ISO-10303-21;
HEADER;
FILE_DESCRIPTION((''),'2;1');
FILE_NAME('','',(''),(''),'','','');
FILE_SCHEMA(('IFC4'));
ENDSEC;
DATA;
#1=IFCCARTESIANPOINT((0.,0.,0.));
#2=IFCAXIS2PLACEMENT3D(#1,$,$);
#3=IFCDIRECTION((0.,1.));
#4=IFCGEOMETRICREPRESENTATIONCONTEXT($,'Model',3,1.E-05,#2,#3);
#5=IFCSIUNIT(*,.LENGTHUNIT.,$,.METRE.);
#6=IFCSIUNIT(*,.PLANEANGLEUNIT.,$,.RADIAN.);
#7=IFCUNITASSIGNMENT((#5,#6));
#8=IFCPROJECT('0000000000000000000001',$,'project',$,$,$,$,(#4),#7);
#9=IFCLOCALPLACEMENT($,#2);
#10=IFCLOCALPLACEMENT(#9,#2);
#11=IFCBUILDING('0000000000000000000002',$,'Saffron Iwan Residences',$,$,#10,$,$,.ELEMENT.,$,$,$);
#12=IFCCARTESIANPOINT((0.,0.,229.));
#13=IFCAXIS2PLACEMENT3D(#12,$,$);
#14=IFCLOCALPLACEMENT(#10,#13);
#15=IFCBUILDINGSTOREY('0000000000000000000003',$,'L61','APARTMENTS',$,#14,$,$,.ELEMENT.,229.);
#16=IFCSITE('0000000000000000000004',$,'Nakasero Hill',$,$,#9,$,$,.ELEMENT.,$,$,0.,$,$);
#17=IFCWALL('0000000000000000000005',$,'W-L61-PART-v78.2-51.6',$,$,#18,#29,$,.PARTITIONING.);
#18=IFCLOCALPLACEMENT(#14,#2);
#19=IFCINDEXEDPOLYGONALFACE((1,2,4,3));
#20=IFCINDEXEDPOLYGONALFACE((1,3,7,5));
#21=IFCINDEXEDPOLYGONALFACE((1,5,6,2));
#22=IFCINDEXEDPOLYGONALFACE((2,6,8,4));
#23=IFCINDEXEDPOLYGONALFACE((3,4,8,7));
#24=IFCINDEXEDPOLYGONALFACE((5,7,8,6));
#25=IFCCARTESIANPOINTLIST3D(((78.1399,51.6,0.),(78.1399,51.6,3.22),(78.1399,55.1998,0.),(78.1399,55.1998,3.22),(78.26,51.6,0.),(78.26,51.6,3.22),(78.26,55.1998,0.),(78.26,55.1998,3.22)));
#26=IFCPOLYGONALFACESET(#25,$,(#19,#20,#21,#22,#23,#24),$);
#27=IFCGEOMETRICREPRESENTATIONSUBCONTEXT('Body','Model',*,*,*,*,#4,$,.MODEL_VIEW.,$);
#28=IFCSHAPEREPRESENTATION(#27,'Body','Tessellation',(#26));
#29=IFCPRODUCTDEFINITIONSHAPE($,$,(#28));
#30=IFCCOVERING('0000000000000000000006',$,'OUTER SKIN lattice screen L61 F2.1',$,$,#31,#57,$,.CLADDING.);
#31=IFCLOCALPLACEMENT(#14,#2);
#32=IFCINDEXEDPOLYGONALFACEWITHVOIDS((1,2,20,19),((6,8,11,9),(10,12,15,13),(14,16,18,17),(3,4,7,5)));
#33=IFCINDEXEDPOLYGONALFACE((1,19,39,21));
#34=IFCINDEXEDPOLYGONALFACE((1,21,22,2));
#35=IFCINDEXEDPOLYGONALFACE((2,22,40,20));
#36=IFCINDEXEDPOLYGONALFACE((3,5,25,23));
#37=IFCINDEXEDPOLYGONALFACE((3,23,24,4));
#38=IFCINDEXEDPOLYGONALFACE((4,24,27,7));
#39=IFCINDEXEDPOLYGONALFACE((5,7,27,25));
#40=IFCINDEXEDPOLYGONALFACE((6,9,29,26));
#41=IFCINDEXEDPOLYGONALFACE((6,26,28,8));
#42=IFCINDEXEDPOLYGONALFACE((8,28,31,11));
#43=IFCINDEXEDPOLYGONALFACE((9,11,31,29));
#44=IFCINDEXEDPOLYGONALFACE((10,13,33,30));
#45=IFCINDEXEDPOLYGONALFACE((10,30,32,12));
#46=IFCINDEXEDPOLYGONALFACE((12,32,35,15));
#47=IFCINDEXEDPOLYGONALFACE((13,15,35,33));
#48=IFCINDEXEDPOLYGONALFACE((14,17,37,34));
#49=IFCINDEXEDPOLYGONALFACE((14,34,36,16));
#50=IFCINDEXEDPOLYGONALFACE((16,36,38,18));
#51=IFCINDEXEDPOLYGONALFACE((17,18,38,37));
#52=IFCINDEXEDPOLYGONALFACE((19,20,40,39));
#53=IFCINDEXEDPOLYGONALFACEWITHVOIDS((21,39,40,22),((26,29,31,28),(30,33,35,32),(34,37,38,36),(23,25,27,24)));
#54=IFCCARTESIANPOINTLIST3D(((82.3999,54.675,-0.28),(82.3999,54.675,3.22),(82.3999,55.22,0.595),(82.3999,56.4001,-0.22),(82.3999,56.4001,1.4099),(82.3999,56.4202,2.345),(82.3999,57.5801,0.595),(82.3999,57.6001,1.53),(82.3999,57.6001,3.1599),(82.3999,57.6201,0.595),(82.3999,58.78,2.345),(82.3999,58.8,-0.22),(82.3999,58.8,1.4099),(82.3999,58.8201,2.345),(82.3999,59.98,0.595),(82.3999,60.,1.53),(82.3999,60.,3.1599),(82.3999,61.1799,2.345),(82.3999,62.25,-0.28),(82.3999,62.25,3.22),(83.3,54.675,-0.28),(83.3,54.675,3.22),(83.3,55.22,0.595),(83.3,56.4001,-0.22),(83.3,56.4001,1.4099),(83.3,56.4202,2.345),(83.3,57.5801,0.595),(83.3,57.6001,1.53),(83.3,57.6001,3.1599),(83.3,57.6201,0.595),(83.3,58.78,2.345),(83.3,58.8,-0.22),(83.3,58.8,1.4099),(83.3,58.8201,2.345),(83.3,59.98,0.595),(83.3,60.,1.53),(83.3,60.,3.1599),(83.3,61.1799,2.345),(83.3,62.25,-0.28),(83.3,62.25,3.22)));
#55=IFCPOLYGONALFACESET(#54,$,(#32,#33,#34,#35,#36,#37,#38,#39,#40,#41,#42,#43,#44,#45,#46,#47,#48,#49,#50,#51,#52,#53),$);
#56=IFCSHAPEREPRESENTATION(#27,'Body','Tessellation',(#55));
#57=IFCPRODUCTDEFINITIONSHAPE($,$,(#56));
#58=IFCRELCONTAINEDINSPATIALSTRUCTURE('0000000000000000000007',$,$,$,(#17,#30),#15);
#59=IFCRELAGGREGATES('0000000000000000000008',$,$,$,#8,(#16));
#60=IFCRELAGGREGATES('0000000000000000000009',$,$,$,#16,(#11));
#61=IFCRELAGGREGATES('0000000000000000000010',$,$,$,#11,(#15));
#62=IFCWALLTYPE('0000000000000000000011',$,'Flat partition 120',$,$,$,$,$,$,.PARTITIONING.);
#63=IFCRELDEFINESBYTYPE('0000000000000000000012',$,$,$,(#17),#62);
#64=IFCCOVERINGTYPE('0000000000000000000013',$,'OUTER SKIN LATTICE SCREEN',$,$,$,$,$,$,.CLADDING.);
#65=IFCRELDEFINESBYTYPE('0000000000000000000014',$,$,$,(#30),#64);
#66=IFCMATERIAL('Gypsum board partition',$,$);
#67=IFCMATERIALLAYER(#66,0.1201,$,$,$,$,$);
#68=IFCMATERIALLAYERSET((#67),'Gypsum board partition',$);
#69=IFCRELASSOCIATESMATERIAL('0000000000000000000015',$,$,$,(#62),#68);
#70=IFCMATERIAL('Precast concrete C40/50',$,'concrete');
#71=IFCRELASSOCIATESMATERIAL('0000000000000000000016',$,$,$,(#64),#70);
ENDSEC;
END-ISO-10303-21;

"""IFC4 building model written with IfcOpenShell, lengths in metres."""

from ifc_helpers import new_model, si_unit, direction, frame, frame_2d, origin, place, context, subcontext, project, spatial, polyline, rectangle, outline, extrude, material, layer, layer_set, type_object, element, save


model = new_model("IFC4")

# Units and contexts
model_context = context("Model", 3, precision=1e-05, world=origin(), true_north=direction((0.0, 1.0)))
body_context = subcontext(model_context, "Body", "Model", "MODEL_VIEW")
ifc_project = project(units=[si_unit("LENGTHUNIT", "METRE"), si_unit("PLANEANGLEUNIT", "RADIAN")], contexts=[model_context])

# Site, building, storey
site_placement = place(None, origin())
site = spatial("IfcSite", under=ifc_project, at=site_placement, Name="Nakasero Hill", CompositionType="ELEMENT", RefElevation=0.0)
building_placement = place(site_placement, origin())
building = spatial("IfcBuilding", under=site, at=building_placement, Name="Saffron Iwan Residences", CompositionType="ELEMENT")
storey_placement = place(building_placement, frame((0.0, 0.0, 229.0)))
storey = spatial("IfcBuildingStorey", under=building, at=storey_placement, Name="L61", Description="APARTMENTS", CompositionType="ELEMENT", Elevation=229.0)

# Shared definitions
ifc_material_1 = material(Name="Gypsum board partition")
ifc_layer_1 = layer(ifc_material_1, 0.1201)
ifc_layer_set_1 = layer_set([ifc_layer_1], Name="Gypsum board partition")
wall_type_1 = type_object("IfcWallType", Name="Flat partition 120", PredefinedType="PARTITIONING", material=ifc_layer_set_1)

# Wall
wall_1_placement = place(storey_placement, frame((78.2, 51.6001, 0.0), z_axis=(0.0, 0.0, 1.0), x_axis=(0.0, 1.0, 0.0)))
element("IfcWall", 1, at=wall_1_placement, inside=storey, type_object=wall_type_1, Name="W-L61-PART-v78.2-51.6", PredefinedType="PARTITIONING", context=body_context, shape_type="SweptSolid", body=[
    extrude(rectangle(XDim=3.5999, YDim=0.1201, at=frame_2d((1.7998, 0.0))), origin(), (0.0, 0.0, 1.0), 3.22),
])

# Covering
ifc_material_2 = material(Name="Precast concrete C40/50", Category="concrete")
covering_type = type_object("IfcCoveringType", Name="OUTER SKIN LATTICE SCREEN", PredefinedType="CLADDING", material=ifc_material_2)
covering_placement = place(storey_placement, frame((82.3999, 54.675, -0.28), z_axis=(1.0, 0.0, 0.0), x_axis=(0.0, 1.0, 0.0)))
element("IfcCovering", 2, at=covering_placement, inside=storey, type_object=covering_type, Name="OUTER SKIN lattice screen L61 F2.1", PredefinedType="CLADDING", context=body_context, shape_type="SweptSolid", body=[
    extrude(outline(polyline([(0.0, 0.0), (7.575, 0.0), (7.575, 3.5), (0.0, 3.5), (0.0, 0.0)]), holes=[polyline([(0.5449, 0.875), (1.7251, 0.0601), (2.905, 0.875), (1.7251, 1.6899), (0.5449, 0.875)]), polyline([(2.9451, 0.875), (4.125, 0.0601), (5.3049, 0.875), (4.125, 1.6899), (2.9451, 0.875)]), polyline([(1.7451, 2.625), (2.925, 1.8101), (4.105, 2.625), (2.925, 3.4399), (1.7451, 2.625)]), polyline([(4.145, 2.625), (5.325, 1.8101), (6.5049, 2.625), (5.325, 3.4399), (4.145, 2.625)])]), origin(), (0.0, 0.0, 1.0), 0.9001),
])

save(model, "model.ifc")
